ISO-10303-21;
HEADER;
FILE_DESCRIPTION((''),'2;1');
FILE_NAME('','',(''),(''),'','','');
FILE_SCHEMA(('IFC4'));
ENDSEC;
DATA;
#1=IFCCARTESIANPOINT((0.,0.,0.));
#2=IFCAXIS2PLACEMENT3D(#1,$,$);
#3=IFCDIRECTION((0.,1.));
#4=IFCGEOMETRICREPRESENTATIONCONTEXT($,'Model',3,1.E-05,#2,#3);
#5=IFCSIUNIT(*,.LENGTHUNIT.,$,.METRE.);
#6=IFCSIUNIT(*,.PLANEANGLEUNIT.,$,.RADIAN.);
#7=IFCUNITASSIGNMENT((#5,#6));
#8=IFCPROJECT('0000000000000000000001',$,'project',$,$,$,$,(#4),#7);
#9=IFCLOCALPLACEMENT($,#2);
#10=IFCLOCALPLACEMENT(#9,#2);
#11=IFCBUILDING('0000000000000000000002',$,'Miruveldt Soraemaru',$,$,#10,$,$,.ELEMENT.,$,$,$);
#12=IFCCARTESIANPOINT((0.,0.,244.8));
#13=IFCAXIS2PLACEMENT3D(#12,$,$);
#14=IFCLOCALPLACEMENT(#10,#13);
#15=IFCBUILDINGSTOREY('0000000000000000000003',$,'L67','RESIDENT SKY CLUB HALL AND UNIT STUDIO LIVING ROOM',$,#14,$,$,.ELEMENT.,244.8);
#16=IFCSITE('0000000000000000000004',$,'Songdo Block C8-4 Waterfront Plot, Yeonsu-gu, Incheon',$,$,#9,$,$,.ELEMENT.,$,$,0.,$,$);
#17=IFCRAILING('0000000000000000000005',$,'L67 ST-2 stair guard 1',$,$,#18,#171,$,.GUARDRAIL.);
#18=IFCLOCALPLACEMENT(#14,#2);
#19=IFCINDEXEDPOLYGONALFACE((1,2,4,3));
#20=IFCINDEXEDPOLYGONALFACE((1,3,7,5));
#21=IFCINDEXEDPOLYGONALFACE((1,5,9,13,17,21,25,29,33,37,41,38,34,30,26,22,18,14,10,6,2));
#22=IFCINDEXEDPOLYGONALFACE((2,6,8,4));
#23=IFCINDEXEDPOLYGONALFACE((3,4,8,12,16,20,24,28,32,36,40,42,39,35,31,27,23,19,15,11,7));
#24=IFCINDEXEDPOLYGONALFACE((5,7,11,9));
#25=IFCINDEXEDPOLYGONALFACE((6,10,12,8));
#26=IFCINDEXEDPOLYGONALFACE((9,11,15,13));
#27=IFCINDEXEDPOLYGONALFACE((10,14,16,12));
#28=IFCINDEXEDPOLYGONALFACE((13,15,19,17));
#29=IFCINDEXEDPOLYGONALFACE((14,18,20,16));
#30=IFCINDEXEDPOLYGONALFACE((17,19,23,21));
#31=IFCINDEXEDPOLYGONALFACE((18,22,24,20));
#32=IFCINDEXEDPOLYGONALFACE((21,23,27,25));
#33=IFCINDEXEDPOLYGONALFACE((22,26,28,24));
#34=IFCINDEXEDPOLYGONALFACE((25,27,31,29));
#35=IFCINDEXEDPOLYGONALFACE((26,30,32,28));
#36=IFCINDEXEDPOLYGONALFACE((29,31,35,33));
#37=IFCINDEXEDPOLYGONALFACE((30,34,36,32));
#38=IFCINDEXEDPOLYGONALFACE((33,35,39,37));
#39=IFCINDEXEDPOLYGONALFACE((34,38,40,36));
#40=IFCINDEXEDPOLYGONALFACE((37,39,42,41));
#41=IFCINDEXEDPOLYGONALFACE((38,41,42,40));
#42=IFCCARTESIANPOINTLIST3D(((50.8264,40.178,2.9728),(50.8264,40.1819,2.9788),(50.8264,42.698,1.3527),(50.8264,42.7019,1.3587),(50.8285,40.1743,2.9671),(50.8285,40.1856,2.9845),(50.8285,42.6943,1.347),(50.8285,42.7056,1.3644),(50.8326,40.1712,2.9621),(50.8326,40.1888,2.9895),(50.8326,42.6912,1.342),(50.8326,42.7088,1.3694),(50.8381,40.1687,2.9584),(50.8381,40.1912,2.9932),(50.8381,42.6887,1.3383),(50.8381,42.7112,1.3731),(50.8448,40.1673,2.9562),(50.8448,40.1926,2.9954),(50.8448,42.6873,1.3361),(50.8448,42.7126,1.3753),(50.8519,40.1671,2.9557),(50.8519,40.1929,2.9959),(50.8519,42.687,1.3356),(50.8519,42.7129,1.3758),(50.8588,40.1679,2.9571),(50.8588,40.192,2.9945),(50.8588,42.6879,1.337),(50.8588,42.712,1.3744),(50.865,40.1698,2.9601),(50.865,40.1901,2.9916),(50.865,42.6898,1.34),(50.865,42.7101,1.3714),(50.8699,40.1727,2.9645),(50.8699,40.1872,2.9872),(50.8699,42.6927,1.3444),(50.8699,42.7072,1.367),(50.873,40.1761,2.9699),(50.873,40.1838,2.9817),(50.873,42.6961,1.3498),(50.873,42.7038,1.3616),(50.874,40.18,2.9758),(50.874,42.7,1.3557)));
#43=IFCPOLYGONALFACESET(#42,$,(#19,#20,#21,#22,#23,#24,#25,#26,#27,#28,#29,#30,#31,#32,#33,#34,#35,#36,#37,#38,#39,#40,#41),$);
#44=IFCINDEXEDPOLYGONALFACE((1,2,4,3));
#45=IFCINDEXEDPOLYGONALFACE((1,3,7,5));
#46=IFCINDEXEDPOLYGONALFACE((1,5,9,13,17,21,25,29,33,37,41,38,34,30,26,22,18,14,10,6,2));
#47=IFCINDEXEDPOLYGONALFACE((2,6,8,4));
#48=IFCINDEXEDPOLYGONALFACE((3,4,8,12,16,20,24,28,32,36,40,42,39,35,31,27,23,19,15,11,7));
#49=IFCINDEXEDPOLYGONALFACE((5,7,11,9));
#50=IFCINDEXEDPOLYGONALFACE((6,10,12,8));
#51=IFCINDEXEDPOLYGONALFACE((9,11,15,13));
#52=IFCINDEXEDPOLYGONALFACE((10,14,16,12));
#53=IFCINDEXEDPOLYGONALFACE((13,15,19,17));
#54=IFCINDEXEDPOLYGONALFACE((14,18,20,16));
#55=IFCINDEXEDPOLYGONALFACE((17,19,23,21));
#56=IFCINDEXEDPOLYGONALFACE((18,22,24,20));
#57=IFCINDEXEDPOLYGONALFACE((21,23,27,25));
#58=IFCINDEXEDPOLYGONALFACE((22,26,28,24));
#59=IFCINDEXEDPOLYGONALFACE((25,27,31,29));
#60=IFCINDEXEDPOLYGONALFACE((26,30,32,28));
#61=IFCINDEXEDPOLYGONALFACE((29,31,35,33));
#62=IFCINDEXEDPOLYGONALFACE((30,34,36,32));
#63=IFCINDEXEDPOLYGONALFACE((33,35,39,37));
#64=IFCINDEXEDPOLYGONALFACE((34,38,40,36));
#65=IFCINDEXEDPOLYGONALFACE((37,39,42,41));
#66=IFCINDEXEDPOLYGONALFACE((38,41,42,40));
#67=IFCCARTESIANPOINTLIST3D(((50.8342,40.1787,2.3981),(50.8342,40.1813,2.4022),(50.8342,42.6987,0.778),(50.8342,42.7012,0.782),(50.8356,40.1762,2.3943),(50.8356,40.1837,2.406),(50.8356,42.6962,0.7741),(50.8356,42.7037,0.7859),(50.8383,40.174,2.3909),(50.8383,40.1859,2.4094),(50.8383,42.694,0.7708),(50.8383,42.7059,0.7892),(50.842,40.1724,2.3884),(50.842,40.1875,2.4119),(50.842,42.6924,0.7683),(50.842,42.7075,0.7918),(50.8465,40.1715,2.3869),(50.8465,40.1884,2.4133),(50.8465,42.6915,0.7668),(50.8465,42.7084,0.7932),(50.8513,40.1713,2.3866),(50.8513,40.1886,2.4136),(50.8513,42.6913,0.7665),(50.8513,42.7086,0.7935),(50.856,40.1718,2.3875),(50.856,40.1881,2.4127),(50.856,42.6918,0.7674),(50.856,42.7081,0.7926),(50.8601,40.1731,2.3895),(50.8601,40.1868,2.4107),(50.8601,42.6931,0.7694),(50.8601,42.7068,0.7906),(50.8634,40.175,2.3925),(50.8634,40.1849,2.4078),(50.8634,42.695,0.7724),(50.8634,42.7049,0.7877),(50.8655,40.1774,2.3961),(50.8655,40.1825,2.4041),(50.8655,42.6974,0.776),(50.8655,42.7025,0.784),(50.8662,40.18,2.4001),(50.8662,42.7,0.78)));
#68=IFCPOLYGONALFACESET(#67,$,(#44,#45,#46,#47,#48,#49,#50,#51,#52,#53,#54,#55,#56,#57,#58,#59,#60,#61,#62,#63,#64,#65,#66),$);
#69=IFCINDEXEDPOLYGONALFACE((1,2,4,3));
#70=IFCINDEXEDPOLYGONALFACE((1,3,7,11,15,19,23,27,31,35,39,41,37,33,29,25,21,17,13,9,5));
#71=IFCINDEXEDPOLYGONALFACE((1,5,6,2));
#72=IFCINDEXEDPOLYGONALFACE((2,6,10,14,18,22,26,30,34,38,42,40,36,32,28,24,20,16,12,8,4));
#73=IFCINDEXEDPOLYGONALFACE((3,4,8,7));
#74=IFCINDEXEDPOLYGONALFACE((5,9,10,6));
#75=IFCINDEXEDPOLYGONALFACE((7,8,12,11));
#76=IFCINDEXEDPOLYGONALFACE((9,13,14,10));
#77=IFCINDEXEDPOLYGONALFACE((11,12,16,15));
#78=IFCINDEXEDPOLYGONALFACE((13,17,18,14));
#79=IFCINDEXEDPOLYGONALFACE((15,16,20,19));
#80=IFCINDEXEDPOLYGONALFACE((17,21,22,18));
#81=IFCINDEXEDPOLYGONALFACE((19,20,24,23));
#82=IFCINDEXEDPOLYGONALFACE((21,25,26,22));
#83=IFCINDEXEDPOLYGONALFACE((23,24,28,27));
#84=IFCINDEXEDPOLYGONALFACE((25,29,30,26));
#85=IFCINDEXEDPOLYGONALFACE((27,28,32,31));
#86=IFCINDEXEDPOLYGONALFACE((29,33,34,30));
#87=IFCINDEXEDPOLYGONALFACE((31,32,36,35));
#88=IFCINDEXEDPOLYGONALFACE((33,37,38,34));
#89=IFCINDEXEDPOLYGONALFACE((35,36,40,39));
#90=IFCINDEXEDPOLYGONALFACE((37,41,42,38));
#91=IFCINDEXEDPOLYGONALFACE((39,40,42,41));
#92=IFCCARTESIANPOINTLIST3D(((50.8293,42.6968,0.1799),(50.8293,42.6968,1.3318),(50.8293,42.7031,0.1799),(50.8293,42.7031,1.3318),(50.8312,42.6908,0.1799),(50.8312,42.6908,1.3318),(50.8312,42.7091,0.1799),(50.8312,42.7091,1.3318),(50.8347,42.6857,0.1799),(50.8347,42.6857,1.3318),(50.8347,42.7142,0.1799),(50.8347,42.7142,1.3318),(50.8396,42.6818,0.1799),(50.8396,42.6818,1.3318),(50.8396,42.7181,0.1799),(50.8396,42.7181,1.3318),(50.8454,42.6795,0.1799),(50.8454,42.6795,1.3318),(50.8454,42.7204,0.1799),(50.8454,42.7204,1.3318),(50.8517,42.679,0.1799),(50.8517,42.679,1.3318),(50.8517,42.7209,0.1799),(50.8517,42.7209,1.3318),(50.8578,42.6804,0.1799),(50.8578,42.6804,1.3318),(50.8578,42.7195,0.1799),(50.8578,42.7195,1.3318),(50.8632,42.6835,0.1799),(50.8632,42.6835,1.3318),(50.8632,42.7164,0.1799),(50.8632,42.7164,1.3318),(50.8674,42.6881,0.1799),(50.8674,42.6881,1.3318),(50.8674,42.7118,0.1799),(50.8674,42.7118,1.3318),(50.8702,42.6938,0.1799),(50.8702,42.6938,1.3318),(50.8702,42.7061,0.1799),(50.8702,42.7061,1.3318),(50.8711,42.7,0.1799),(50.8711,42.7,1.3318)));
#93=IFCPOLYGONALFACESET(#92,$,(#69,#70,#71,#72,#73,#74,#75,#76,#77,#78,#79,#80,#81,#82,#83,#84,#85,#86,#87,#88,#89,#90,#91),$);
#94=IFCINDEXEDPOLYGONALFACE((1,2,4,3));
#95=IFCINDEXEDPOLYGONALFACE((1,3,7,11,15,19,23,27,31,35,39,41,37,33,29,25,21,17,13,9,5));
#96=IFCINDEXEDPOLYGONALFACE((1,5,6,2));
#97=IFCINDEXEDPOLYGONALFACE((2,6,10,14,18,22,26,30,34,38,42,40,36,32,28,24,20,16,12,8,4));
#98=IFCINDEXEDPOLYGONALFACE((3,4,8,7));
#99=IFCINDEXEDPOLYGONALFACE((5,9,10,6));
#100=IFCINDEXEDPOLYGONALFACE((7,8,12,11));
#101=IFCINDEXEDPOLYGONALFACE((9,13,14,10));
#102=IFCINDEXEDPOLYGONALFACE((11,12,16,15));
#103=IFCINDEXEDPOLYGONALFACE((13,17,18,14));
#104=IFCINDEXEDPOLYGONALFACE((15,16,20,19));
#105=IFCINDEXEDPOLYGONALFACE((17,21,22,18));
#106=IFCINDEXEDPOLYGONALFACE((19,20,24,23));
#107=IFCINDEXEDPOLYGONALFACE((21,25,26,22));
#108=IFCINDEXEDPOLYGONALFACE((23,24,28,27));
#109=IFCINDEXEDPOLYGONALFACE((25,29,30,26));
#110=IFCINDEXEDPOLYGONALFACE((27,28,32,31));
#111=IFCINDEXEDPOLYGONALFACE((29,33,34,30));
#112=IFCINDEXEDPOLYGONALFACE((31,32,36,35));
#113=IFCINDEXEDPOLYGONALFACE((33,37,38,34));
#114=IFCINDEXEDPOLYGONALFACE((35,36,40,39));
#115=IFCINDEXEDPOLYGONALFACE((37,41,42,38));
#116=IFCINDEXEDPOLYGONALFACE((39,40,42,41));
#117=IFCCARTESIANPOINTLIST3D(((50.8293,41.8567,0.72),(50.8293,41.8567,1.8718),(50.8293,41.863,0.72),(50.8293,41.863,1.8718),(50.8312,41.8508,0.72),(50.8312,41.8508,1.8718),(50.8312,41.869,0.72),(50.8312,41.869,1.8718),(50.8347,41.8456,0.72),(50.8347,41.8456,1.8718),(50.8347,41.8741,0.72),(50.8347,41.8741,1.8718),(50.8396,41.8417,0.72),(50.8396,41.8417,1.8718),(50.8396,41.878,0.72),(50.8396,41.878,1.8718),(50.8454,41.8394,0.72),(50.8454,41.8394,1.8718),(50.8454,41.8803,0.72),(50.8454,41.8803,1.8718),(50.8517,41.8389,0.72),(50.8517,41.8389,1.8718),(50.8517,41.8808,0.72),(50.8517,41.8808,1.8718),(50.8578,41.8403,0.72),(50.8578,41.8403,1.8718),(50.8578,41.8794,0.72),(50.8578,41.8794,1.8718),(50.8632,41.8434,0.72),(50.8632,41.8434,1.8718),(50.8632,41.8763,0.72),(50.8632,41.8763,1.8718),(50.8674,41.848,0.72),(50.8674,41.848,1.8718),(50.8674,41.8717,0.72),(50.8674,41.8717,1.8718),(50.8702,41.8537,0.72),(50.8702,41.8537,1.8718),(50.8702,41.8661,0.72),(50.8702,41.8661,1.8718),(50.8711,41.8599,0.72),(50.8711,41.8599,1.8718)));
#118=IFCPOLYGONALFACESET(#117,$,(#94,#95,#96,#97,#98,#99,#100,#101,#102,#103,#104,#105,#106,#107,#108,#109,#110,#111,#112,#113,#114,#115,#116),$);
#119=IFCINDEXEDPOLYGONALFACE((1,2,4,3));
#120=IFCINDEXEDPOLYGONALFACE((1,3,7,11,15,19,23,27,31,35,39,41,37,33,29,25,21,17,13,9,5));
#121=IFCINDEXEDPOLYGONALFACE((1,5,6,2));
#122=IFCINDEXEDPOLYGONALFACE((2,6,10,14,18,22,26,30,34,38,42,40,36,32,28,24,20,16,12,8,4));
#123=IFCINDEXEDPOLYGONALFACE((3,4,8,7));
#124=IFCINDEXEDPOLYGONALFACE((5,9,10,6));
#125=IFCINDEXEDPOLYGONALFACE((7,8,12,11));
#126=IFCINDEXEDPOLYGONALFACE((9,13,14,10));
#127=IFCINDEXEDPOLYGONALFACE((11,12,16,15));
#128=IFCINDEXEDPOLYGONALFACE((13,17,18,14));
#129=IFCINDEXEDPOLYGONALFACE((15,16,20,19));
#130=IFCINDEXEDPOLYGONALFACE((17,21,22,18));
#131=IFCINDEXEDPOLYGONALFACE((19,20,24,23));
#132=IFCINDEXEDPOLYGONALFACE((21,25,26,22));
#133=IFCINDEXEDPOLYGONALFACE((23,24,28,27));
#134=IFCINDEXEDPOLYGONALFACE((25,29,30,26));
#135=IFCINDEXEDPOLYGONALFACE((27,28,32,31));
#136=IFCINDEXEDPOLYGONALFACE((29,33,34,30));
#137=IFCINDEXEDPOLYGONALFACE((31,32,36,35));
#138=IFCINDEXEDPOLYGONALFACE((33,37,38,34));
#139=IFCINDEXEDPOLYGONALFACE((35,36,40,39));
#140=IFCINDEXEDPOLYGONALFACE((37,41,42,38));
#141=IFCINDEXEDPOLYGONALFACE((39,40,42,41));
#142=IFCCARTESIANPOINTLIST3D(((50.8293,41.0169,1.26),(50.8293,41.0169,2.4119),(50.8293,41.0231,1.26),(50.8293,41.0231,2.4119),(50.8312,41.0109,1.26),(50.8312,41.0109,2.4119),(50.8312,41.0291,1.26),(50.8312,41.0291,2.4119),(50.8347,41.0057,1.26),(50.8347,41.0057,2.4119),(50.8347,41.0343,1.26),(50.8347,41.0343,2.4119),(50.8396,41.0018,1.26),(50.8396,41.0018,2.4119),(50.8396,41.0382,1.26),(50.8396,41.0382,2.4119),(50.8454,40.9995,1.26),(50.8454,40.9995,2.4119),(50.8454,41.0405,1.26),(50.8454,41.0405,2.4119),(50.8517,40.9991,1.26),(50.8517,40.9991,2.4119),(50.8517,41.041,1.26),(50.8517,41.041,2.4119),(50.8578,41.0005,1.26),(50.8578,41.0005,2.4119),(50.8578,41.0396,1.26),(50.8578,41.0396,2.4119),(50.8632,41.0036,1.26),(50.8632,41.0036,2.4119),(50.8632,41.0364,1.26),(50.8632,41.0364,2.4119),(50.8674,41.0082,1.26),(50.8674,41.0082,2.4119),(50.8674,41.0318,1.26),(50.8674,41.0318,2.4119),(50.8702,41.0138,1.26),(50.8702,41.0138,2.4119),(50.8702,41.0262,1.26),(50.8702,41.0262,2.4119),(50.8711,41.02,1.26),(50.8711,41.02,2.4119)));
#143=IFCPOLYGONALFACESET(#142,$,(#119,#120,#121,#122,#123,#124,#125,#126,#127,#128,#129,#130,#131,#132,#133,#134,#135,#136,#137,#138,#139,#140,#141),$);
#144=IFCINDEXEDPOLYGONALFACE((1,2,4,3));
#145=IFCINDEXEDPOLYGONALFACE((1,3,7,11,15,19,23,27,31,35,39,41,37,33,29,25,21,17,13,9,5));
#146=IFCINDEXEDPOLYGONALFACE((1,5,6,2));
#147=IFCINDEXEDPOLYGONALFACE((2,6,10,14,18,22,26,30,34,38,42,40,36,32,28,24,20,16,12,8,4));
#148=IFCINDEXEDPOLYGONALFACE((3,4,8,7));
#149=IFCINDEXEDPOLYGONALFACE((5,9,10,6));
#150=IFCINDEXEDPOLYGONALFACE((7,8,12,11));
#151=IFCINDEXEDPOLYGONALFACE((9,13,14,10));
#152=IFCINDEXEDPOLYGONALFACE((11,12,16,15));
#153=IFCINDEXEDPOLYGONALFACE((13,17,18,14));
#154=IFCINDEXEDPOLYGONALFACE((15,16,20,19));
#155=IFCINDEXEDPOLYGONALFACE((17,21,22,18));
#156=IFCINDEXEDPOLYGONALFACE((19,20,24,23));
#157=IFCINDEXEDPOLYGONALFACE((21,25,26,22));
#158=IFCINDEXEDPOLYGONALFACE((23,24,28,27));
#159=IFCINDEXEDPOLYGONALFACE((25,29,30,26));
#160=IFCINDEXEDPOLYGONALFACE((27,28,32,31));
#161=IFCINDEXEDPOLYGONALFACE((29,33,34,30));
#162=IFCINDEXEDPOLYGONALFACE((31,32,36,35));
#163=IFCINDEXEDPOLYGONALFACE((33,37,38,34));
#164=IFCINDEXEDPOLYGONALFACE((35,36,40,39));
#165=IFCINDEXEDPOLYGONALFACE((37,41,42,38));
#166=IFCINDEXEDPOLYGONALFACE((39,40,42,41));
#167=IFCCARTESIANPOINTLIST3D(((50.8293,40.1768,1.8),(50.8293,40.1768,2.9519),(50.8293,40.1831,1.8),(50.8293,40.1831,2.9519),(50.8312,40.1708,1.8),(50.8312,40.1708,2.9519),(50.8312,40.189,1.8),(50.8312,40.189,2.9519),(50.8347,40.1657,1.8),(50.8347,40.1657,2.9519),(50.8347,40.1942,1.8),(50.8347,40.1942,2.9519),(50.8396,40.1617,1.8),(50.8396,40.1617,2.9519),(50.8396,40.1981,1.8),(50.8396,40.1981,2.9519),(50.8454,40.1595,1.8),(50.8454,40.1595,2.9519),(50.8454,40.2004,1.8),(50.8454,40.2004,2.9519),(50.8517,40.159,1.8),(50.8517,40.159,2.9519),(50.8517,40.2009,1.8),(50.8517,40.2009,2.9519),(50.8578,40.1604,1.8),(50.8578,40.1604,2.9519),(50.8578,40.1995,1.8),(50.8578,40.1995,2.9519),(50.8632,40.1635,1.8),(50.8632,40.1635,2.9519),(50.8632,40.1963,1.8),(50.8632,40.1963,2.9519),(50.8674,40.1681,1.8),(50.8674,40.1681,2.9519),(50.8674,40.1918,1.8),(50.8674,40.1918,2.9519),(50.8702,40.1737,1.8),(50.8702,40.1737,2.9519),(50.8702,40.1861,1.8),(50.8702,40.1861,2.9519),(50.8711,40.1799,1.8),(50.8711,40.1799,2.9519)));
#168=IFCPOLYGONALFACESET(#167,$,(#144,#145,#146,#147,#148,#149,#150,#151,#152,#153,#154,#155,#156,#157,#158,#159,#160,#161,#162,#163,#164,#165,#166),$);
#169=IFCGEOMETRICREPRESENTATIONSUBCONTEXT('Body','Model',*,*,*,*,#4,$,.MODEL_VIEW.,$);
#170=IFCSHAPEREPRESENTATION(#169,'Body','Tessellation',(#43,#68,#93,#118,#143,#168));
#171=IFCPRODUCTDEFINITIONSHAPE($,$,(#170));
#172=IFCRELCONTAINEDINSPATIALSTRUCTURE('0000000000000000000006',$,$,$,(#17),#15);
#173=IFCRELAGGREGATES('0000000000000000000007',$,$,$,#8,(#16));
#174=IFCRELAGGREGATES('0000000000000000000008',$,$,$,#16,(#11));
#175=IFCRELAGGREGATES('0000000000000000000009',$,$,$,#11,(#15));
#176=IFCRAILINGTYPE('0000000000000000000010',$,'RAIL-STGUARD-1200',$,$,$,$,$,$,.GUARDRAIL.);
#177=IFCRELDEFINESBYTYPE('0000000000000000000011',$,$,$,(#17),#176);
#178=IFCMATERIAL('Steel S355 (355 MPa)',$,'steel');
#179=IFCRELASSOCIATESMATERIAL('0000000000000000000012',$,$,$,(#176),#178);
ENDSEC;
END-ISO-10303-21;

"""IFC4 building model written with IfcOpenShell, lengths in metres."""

from ifc_helpers import new_model, si_unit, direction, frame, origin, origin_2d, place, context, subcontext, project, spatial, circle, extrude, material, type_object, element, save


model = new_model("IFC4")

# Units and contexts
model_context = context("Model", 3, precision=1e-05, world=origin(), true_north=direction((0.0, 1.0)))
body_context = subcontext(model_context, "Body", "Model", "MODEL_VIEW")
ifc_project = project(units=[si_unit("LENGTHUNIT", "METRE"), si_unit("PLANEANGLEUNIT", "RADIAN")], contexts=[model_context])

# Site, building, storey
site_placement = place(None, origin())
site = spatial("IfcSite", under=ifc_project, at=site_placement, Name="Songdo Block C8-4 Waterfront Plot, Yeonsu-gu, Incheon", CompositionType="ELEMENT", RefElevation=0.0)
building_placement = place(site_placement, origin())
building = spatial("IfcBuilding", under=site, at=building_placement, Name="Miruveldt Soraemaru", CompositionType="ELEMENT")
storey_placement = place(building_placement, frame((0.0, 0.0, 244.8)))
storey = spatial("IfcBuildingStorey", under=building, at=storey_placement, Name="L67", Description="RESIDENT SKY CLUB HALL AND UNIT STUDIO LIVING ROOM", CompositionType="ELEMENT", Elevation=244.8)

# Railing
ifc_material_1 = material(Name="Steel S355 (355 MPa)", Category="steel")
railing_type_1 = type_object("IfcRailingType", Name="RAIL-STGUARD-1200", PredefinedType="GUARDRAIL", material=ifc_material_1)
railing_1_placement = place(storey_placement, frame((50.8501, 42.7, 0.1799)))
element("IfcRailing", 1, at=railing_1_placement, inside=storey, type_object=railing_type_1, Name="L67 ST-2 stair guard 1", PredefinedType="GUARDRAIL", context=body_context, shape_type="SweptSolid", body=[
    extrude(circle(Radius=0.0239, at=origin_2d()), frame((0.0, 0.0, 1.1758), z_axis=(0.0, -0.841163, 0.540782), x_axis=(1.0, 0.0, 0.0)), (0.0, 0.0, 1.0), 2.9958),
    extrude(circle(Radius=0.0161, at=origin_2d()), frame((0.0, 0.0, 0.6001), z_axis=(0.0, -0.841163, 0.540782), x_axis=(1.0, 0.0, 0.0)), (0.0, 0.0, 1.0), 2.9958),
    extrude(circle(Radius=0.021, at=origin_2d()), origin(), (0.0, 0.0, 1.0), 1.1519),
    extrude(circle(Radius=0.021, at=origin_2d()), frame((0.0, -0.8401, 0.54)), (0.0, 0.0, 1.0), 1.1519),
    extrude(circle(Radius=0.021, at=origin_2d()), frame((0.0, -1.6799, 1.0801)), (0.0, 0.0, 1.0), 1.1519),
    extrude(circle(Radius=0.021, at=origin_2d()), frame((0.0, -2.52, 1.6201)), (0.0, 0.0, 1.0), 1.1519),
])

save(model, "model.ifc")
